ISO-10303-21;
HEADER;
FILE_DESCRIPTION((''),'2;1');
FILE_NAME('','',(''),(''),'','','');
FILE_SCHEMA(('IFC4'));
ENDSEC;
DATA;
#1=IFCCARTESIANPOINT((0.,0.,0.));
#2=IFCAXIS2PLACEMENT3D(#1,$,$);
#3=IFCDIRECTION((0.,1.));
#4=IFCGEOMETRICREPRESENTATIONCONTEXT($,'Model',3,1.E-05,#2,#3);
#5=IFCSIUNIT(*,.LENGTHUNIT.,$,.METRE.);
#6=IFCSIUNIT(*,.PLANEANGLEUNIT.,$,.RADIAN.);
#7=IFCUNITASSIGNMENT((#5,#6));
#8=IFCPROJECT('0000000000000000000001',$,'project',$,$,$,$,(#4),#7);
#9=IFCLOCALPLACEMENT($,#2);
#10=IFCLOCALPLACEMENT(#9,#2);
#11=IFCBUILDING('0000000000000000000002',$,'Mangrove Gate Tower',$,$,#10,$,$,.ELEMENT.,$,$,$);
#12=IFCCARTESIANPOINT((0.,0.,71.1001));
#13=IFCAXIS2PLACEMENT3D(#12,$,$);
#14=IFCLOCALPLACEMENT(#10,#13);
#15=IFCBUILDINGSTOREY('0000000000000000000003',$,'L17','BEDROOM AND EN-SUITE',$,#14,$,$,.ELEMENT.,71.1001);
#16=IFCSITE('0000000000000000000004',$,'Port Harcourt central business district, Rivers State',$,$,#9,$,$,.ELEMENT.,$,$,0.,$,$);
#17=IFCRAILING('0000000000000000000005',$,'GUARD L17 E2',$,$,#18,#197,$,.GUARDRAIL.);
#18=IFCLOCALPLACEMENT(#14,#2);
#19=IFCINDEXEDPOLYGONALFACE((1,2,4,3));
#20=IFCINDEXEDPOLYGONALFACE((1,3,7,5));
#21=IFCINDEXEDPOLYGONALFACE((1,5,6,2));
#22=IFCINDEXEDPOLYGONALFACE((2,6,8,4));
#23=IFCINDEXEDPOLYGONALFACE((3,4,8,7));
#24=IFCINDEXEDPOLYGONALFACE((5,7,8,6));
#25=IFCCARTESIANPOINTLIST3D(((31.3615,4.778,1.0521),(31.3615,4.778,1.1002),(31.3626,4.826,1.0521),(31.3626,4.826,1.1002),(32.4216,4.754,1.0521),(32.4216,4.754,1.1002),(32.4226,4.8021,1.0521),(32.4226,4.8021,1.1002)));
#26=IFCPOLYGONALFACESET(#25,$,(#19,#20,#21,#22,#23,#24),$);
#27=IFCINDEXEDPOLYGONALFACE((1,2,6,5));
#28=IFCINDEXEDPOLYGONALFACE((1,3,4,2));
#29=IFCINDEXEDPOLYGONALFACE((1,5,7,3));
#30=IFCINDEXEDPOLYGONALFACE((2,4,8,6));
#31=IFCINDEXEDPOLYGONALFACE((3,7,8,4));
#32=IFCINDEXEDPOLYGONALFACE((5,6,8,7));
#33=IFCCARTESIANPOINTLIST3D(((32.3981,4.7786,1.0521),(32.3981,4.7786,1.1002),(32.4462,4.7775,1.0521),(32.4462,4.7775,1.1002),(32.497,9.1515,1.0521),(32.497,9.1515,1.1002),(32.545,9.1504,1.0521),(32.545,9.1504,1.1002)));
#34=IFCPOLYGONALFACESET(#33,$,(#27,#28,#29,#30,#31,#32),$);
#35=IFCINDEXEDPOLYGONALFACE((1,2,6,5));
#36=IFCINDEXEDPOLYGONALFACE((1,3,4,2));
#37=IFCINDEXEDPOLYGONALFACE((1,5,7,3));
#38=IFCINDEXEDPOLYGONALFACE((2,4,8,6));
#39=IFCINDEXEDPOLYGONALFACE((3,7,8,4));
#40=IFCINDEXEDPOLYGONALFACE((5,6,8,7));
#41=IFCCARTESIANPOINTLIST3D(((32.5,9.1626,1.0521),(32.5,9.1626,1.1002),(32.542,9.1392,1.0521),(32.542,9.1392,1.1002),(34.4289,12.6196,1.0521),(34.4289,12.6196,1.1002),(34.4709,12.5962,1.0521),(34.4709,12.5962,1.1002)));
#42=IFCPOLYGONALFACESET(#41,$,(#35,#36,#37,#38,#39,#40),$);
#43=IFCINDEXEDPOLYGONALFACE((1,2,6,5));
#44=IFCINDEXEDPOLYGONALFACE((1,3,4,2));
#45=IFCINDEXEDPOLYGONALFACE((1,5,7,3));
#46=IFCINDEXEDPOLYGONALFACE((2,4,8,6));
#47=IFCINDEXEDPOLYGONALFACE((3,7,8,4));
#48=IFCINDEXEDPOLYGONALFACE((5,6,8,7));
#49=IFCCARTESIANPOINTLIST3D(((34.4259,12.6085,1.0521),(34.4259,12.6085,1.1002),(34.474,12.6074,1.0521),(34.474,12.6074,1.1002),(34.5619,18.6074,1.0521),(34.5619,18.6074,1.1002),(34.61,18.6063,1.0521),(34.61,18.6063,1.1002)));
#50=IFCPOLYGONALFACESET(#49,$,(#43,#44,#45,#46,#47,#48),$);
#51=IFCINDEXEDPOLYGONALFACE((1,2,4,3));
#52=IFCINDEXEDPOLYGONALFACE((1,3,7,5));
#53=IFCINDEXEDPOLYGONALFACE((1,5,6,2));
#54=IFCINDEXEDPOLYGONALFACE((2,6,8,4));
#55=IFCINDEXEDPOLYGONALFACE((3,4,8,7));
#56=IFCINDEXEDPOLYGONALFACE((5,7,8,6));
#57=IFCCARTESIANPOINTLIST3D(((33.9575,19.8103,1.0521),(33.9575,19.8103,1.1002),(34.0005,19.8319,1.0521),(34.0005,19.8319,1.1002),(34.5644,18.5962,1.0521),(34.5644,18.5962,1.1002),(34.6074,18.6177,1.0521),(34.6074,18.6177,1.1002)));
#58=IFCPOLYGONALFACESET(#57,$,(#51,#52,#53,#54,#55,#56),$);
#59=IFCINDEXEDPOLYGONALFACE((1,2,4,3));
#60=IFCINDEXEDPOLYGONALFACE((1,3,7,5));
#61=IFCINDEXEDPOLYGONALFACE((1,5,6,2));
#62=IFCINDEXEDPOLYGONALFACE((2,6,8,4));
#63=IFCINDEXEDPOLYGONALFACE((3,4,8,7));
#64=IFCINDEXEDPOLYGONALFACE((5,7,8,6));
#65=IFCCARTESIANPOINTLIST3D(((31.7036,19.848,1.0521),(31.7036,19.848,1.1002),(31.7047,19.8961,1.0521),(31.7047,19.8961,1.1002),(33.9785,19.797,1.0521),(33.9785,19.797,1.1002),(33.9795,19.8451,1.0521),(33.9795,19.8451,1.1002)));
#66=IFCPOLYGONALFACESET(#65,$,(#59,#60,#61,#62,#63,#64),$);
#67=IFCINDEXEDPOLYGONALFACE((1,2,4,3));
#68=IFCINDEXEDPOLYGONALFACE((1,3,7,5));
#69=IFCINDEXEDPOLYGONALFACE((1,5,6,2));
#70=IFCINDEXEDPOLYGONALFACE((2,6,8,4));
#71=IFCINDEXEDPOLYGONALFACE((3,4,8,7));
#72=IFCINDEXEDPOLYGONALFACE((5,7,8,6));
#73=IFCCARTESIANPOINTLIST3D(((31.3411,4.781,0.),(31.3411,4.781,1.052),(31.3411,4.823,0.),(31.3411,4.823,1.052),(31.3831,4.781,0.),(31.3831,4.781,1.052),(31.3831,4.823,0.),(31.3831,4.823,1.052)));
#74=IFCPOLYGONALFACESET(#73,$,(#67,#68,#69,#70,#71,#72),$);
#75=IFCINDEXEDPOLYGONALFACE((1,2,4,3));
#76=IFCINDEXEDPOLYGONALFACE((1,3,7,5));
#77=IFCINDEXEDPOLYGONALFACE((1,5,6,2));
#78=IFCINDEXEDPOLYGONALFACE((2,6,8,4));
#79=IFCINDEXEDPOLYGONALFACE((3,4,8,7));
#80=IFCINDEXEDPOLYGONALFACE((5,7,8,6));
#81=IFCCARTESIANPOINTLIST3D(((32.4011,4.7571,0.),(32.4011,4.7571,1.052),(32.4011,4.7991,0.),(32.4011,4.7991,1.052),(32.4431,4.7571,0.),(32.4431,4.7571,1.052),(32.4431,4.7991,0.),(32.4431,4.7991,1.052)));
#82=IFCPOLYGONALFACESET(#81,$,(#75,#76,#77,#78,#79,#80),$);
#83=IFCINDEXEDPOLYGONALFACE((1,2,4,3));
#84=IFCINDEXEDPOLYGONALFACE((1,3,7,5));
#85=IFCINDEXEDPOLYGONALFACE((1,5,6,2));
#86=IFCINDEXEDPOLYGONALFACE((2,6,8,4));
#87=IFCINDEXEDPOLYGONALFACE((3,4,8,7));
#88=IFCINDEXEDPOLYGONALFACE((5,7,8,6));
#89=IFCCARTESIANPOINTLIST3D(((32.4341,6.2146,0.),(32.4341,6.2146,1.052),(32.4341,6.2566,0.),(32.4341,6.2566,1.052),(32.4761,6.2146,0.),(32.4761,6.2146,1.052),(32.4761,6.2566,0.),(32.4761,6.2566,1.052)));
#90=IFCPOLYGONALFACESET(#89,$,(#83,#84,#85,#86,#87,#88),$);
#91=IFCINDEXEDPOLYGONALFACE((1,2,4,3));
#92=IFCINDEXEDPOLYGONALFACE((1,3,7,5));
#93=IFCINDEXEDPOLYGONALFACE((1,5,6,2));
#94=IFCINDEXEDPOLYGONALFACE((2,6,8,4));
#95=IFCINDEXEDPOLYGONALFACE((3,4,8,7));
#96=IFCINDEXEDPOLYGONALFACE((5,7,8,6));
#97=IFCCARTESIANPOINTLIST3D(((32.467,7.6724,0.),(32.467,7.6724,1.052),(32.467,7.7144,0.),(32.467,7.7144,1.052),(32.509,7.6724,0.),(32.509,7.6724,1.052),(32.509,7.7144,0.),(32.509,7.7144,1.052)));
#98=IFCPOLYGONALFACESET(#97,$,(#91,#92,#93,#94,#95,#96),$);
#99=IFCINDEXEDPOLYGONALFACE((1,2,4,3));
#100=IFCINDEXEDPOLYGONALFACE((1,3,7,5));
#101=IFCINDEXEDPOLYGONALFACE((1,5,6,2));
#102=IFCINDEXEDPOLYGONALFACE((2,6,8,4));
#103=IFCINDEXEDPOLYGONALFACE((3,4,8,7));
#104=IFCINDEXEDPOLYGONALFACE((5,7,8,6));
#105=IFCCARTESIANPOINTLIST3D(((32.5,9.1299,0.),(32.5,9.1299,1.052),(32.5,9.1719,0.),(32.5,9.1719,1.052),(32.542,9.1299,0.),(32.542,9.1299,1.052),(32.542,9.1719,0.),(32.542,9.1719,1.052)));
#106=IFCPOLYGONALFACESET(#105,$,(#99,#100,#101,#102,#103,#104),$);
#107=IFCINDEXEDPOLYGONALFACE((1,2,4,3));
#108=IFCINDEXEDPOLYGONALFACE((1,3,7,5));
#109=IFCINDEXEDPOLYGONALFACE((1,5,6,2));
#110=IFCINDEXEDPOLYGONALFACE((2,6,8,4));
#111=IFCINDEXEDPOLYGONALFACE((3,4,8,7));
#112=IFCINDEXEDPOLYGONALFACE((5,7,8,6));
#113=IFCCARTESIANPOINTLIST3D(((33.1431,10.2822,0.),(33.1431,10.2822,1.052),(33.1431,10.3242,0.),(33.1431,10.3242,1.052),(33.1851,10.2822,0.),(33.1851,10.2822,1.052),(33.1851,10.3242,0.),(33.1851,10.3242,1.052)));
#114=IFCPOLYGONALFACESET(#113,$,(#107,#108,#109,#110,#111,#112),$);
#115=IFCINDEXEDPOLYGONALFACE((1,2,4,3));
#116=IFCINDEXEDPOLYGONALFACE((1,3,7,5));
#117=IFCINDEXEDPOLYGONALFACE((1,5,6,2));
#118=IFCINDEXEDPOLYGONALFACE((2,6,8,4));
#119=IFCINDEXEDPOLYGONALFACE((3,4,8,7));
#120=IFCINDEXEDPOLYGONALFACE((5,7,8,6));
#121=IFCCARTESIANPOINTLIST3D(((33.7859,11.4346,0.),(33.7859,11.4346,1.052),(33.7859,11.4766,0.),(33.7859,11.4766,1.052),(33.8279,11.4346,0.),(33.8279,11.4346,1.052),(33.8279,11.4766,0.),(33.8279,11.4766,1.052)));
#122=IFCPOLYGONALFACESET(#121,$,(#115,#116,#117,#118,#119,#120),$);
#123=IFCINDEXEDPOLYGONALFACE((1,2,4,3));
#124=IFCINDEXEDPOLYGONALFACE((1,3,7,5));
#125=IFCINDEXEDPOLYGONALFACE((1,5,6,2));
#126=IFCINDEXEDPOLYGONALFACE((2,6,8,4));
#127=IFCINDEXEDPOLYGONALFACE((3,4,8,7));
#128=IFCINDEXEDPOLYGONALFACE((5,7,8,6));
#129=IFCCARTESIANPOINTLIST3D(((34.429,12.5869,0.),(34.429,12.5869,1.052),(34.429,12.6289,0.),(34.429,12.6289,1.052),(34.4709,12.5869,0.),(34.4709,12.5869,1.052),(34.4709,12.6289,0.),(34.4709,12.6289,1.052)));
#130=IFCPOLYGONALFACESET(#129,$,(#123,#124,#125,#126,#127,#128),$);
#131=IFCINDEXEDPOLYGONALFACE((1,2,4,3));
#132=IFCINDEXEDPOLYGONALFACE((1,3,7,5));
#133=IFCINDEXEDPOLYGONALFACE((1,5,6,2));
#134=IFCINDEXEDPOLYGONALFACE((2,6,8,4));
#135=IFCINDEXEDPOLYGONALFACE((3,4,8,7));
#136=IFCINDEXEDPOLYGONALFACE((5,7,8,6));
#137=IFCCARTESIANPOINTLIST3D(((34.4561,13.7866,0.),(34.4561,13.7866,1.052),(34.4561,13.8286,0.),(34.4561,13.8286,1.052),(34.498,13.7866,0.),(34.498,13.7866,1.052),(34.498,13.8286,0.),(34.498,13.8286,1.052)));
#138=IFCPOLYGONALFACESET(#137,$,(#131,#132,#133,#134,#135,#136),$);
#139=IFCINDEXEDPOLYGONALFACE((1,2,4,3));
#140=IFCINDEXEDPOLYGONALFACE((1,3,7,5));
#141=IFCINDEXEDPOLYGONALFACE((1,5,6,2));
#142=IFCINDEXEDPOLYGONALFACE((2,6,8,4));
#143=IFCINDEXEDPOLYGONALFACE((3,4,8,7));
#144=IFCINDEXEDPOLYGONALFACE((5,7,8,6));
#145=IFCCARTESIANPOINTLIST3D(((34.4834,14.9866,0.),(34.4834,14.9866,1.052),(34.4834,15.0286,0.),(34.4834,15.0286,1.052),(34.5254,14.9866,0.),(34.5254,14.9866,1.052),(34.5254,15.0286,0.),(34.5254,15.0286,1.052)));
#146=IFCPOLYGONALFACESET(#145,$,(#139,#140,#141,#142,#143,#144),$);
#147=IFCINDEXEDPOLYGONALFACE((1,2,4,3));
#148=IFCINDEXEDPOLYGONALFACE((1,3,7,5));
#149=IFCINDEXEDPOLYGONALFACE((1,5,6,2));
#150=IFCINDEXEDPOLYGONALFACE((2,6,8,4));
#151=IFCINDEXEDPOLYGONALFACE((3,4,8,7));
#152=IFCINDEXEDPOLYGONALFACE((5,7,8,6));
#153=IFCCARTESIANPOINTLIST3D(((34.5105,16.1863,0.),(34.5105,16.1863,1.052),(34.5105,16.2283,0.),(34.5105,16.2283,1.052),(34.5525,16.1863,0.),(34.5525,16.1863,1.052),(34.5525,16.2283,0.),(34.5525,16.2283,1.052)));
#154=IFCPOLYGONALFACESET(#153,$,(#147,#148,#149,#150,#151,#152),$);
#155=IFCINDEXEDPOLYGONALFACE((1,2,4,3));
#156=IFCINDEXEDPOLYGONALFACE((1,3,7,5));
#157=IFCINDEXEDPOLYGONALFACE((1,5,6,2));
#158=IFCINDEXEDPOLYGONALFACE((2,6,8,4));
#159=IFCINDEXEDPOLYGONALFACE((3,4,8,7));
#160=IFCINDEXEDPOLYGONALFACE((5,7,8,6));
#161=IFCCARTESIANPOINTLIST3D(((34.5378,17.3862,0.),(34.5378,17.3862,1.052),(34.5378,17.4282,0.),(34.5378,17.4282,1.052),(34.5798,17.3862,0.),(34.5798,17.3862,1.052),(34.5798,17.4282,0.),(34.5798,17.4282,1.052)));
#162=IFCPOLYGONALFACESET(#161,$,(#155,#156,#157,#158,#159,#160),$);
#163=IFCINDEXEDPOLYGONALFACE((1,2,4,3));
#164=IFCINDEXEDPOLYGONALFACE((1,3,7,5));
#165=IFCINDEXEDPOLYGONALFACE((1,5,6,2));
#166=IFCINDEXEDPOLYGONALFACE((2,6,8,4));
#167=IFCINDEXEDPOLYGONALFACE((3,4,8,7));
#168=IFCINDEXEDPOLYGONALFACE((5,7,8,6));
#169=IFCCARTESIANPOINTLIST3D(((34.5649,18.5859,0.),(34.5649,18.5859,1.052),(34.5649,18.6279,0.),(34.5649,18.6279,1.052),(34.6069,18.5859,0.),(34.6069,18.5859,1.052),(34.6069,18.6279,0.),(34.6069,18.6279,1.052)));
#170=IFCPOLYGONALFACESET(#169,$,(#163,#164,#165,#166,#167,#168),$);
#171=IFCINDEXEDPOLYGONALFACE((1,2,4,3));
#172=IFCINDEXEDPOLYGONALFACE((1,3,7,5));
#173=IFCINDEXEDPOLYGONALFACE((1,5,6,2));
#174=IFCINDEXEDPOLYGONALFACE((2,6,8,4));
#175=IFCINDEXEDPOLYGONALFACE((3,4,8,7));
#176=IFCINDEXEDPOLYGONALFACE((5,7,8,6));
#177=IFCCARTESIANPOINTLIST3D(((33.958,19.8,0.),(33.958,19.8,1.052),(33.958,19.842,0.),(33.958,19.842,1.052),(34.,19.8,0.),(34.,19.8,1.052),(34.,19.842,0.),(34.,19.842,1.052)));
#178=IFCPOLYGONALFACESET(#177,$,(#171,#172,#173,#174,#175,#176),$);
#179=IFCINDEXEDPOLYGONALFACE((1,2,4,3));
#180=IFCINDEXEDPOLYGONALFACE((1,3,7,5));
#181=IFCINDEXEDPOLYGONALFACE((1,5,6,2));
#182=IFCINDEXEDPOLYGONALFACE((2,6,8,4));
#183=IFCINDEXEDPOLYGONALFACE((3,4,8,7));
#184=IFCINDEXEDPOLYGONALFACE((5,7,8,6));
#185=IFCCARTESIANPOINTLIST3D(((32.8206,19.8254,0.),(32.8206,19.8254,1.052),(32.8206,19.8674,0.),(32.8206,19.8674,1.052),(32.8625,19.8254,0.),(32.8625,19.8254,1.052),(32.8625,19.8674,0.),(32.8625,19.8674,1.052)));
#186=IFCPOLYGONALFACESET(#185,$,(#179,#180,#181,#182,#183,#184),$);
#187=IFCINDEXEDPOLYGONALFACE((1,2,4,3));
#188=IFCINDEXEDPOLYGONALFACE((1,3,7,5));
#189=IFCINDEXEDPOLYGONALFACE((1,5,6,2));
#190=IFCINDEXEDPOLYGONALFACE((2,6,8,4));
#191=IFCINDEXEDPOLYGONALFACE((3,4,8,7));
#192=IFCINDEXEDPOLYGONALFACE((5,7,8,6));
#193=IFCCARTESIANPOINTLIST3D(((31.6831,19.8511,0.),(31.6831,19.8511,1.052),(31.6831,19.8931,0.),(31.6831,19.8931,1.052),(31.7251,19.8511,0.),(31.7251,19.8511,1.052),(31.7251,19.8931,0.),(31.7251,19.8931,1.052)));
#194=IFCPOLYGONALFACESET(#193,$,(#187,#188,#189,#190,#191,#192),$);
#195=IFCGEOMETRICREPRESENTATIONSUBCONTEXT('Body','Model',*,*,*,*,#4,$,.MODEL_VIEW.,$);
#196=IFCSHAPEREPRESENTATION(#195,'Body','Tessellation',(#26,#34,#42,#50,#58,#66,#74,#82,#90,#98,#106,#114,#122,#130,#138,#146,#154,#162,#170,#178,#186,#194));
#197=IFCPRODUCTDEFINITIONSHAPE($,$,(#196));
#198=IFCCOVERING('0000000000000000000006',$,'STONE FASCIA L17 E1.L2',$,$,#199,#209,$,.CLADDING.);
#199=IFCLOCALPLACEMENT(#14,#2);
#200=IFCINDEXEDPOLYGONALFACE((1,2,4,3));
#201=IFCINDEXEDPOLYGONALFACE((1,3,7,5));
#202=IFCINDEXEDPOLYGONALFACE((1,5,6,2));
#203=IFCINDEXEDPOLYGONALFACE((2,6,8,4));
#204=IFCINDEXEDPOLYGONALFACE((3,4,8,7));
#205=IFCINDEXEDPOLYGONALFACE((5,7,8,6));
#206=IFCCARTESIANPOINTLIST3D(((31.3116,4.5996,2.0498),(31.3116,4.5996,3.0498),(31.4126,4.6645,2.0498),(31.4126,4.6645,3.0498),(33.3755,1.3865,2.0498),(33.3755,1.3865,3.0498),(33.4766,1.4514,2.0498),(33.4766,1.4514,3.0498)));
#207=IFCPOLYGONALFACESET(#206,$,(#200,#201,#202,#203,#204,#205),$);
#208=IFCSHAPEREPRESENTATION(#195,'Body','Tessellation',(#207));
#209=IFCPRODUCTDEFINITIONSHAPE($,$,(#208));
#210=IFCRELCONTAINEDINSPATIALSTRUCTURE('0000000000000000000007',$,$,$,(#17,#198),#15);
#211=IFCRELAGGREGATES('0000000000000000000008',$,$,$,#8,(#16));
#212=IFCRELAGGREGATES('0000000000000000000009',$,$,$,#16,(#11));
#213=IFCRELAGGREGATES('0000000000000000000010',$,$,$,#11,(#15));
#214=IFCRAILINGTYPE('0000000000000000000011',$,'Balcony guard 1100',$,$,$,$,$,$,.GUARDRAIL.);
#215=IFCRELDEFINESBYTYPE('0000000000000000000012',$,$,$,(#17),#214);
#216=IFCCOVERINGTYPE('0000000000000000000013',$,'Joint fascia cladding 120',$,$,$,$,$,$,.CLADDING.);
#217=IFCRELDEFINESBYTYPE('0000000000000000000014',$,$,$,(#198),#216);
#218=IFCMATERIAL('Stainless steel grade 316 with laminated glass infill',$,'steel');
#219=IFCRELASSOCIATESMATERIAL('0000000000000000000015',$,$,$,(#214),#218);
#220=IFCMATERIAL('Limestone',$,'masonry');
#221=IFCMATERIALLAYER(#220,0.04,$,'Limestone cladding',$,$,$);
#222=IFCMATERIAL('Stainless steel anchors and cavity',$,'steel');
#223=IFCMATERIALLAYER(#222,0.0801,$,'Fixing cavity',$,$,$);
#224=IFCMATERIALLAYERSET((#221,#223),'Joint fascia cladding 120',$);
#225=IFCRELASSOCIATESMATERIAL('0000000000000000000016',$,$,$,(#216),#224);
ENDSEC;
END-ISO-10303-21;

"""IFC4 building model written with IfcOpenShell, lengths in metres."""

from ifc_helpers import new_model, si_unit, direction, frame, frame_2d, origin, origin_2d, place, context, subcontext, project, spatial, rectangle, extrude, material, layer, layer_set, type_object, element, save


model = new_model("IFC4")

# Units and contexts
model_context = context("Model", 3, precision=1e-05, world=origin(), true_north=direction((0.0, 1.0)))
body_context = subcontext(model_context, "Body", "Model", "MODEL_VIEW")
ifc_project = project(units=[si_unit("LENGTHUNIT", "METRE"), si_unit("PLANEANGLEUNIT", "RADIAN")], contexts=[model_context])

# Site, building, storey
site_placement = place(None, origin())
site = spatial("IfcSite", under=ifc_project, at=site_placement, Name="Port Harcourt central business district, Rivers State", CompositionType="ELEMENT", RefElevation=0.0)
building_placement = place(site_placement, origin())
building = spatial("IfcBuilding", under=site, at=building_placement, Name="Mangrove Gate Tower", CompositionType="ELEMENT")
storey_placement = place(building_placement, frame((0.0, 0.0, 71.1001)))
storey = spatial("IfcBuildingStorey", under=building, at=storey_placement, Name="L17", Description="BEDROOM AND EN-SUITE", CompositionType="ELEMENT", Elevation=71.1001)

# Shared definitions
ifc_material_1 = material(Name="Limestone", Category="masonry")

# Railing
ifc_material_2 = material(Name="Stainless steel grade 316 with laminated glass infill", Category="steel")
railing_type = type_object("IfcRailingType", Name="Balcony guard 1100", PredefinedType="GUARDRAIL", material=ifc_material_2)
railing_placement = place(storey_placement, frame((31.3621, 4.802, 0.0)))
element("IfcRailing", 1, at=railing_placement, inside=storey, type_object=railing_type, Name="GUARD L17 E2", PredefinedType="GUARDRAIL", context=body_context, shape_type="SweptSolid", body=[
    extrude(rectangle(XDim=0.0481, YDim=0.0481, at=origin_2d()), frame((0.0, 0.0, 1.0762), z_axis=(0.999745, -0.022564, 0.0), x_axis=(0.022564, 0.999745, 0.0)), (0.0, 0.0, 1.0), 1.0603),
    extrude(rectangle(XDim=0.0481, YDim=0.0481, at=origin_2d()), frame((1.0601, -0.0239, 1.0762), z_axis=(0.022606, 0.999744, 0.0), x_axis=(-0.999744, 0.022606, 0.0)), (0.0, 0.0, 1.0), 4.374),
    extrude(rectangle(XDim=0.0481, YDim=0.0481, at=origin_2d()), frame((1.1589, 4.3489, 1.0762), z_axis=(0.48726, 0.873257, 0.0), x_axis=(-0.873257, 0.48726, 0.0)), (0.0, 0.0, 1.0), 3.9587),
    extrude(rectangle(XDim=0.0481, YDim=0.0481, at=origin_2d()), frame((3.0879, 7.8059, 1.0762), z_axis=(0.022662, 0.999743, 0.0), x_axis=(-0.999743, 0.022662, 0.0)), (0.0, 0.0, 1.0), 6.0005),
    extrude(rectangle(XDim=0.0481, YDim=0.0481, at=origin_2d()), frame((3.2239, 13.8049, 1.0762), z_axis=(-0.447142, 0.894463, 0.0), x_axis=(-0.894463, -0.447142, 0.0)), (0.0, 0.0, 1.0), 1.3574),
    extrude(rectangle(XDim=0.0481, YDim=0.0481, at=origin_2d()), frame((2.6169, 15.019, 1.0762), z_axis=(-0.999749, 0.022424, 0.0), x_axis=(-0.022424, -0.999749, 0.0)), (0.0, 0.0, 1.0), 2.2754),
    extrude(rectangle(XDim=0.042, YDim=0.042, at=origin_2d()), origin(), (0.0, 0.0, 1.0), 1.052),
    extrude(rectangle(XDim=0.042, YDim=0.042, at=origin_2d()), frame((1.0601, -0.0239, 0.0)), (0.0, 0.0, 1.0), 1.052),
    extrude(rectangle(XDim=0.042, YDim=0.042, at=origin_2d()), frame((1.093, 1.4336, 0.0)), (0.0, 0.0, 1.0), 1.052),
    extrude(rectangle(XDim=0.042, YDim=0.042, at=origin_2d()), frame((1.126, 2.8914, 0.0)), (0.0, 0.0, 1.0), 1.052),
    extrude(rectangle(XDim=0.042, YDim=0.042, at=origin_2d()), frame((1.1589, 4.3489, 0.0)), (0.0, 0.0, 1.0), 1.052),
    extrude(rectangle(XDim=0.042, YDim=0.042, at=origin_2d()), frame((1.802, 5.5012, 0.0)), (0.0, 0.0, 1.0), 1.052),
    extrude(rectangle(XDim=0.042, YDim=0.042, at=origin_2d()), frame((2.4448, 6.6536, 0.0)), (0.0, 0.0, 1.0), 1.052),
    extrude(rectangle(XDim=0.042, YDim=0.042, at=origin_2d()), frame((3.0879, 7.8059, 0.0)), (0.0, 0.0, 1.0), 1.052),
    extrude(rectangle(XDim=0.042, YDim=0.042, at=origin_2d()), frame((3.115, 9.0056, 0.0)), (0.0, 0.0, 1.0), 1.052),
    extrude(rectangle(XDim=0.042, YDim=0.042, at=origin_2d()), frame((3.1423, 10.2056, 0.0)), (0.0, 0.0, 1.0), 1.052),
    extrude(rectangle(XDim=0.042, YDim=0.042, at=origin_2d()), frame((3.1694, 11.4053, 0.0)), (0.0, 0.0, 1.0), 1.052),
    extrude(rectangle(XDim=0.042, YDim=0.042, at=origin_2d()), frame((3.1968, 12.6052, 0.0)), (0.0, 0.0, 1.0), 1.052),
    extrude(rectangle(XDim=0.042, YDim=0.042, at=origin_2d()), frame((3.2239, 13.8049, 0.0)), (0.0, 0.0, 1.0), 1.052),
    extrude(rectangle(XDim=0.042, YDim=0.042, at=origin_2d()), frame((2.6169, 15.019, 0.0)), (0.0, 0.0, 1.0), 1.052),
    extrude(rectangle(XDim=0.042, YDim=0.042, at=origin_2d()), frame((1.4795, 15.0444, 0.0)), (0.0, 0.0, 1.0), 1.052),
    extrude(rectangle(XDim=0.042, YDim=0.042, at=origin_2d()), frame((0.342, 15.0701, 0.0)), (0.0, 0.0, 1.0), 1.052),
])

# Covering
ifc_layer_1 = layer(ifc_material_1, 0.04, Name="Limestone cladding")
ifc_material_3 = material(Name="Stainless steel anchors and cavity", Category="steel")
ifc_layer_2 = layer(ifc_material_3, 0.0801, Name="Fixing cavity")
ifc_layer_set_1 = layer_set([ifc_layer_1, ifc_layer_2], Name="Joint fascia cladding 120")
covering_type = type_object("IfcCoveringType", Name="Joint fascia cladding 120", PredefinedType="CLADDING", material=ifc_layer_set_1)
covering_placement = place(storey_placement, frame((33.426, 1.4189, 2.0498), z_axis=(0.0, 0.0, 1.0), x_axis=(-0.540457, 0.841372, 0.0)))
element("IfcCovering", 2, at=covering_placement, inside=storey, type_object=covering_type, Name="STONE FASCIA L17 E1.L2", PredefinedType="CLADDING", context=body_context, shape_type="SweptSolid", body=[
    extrude(rectangle(XDim=3.8188, YDim=0.1201, at=frame_2d((1.9094, 0.0))), origin(), (0.0, 0.0, 1.0), 1.0),
])

save(model, "model.ifc")
